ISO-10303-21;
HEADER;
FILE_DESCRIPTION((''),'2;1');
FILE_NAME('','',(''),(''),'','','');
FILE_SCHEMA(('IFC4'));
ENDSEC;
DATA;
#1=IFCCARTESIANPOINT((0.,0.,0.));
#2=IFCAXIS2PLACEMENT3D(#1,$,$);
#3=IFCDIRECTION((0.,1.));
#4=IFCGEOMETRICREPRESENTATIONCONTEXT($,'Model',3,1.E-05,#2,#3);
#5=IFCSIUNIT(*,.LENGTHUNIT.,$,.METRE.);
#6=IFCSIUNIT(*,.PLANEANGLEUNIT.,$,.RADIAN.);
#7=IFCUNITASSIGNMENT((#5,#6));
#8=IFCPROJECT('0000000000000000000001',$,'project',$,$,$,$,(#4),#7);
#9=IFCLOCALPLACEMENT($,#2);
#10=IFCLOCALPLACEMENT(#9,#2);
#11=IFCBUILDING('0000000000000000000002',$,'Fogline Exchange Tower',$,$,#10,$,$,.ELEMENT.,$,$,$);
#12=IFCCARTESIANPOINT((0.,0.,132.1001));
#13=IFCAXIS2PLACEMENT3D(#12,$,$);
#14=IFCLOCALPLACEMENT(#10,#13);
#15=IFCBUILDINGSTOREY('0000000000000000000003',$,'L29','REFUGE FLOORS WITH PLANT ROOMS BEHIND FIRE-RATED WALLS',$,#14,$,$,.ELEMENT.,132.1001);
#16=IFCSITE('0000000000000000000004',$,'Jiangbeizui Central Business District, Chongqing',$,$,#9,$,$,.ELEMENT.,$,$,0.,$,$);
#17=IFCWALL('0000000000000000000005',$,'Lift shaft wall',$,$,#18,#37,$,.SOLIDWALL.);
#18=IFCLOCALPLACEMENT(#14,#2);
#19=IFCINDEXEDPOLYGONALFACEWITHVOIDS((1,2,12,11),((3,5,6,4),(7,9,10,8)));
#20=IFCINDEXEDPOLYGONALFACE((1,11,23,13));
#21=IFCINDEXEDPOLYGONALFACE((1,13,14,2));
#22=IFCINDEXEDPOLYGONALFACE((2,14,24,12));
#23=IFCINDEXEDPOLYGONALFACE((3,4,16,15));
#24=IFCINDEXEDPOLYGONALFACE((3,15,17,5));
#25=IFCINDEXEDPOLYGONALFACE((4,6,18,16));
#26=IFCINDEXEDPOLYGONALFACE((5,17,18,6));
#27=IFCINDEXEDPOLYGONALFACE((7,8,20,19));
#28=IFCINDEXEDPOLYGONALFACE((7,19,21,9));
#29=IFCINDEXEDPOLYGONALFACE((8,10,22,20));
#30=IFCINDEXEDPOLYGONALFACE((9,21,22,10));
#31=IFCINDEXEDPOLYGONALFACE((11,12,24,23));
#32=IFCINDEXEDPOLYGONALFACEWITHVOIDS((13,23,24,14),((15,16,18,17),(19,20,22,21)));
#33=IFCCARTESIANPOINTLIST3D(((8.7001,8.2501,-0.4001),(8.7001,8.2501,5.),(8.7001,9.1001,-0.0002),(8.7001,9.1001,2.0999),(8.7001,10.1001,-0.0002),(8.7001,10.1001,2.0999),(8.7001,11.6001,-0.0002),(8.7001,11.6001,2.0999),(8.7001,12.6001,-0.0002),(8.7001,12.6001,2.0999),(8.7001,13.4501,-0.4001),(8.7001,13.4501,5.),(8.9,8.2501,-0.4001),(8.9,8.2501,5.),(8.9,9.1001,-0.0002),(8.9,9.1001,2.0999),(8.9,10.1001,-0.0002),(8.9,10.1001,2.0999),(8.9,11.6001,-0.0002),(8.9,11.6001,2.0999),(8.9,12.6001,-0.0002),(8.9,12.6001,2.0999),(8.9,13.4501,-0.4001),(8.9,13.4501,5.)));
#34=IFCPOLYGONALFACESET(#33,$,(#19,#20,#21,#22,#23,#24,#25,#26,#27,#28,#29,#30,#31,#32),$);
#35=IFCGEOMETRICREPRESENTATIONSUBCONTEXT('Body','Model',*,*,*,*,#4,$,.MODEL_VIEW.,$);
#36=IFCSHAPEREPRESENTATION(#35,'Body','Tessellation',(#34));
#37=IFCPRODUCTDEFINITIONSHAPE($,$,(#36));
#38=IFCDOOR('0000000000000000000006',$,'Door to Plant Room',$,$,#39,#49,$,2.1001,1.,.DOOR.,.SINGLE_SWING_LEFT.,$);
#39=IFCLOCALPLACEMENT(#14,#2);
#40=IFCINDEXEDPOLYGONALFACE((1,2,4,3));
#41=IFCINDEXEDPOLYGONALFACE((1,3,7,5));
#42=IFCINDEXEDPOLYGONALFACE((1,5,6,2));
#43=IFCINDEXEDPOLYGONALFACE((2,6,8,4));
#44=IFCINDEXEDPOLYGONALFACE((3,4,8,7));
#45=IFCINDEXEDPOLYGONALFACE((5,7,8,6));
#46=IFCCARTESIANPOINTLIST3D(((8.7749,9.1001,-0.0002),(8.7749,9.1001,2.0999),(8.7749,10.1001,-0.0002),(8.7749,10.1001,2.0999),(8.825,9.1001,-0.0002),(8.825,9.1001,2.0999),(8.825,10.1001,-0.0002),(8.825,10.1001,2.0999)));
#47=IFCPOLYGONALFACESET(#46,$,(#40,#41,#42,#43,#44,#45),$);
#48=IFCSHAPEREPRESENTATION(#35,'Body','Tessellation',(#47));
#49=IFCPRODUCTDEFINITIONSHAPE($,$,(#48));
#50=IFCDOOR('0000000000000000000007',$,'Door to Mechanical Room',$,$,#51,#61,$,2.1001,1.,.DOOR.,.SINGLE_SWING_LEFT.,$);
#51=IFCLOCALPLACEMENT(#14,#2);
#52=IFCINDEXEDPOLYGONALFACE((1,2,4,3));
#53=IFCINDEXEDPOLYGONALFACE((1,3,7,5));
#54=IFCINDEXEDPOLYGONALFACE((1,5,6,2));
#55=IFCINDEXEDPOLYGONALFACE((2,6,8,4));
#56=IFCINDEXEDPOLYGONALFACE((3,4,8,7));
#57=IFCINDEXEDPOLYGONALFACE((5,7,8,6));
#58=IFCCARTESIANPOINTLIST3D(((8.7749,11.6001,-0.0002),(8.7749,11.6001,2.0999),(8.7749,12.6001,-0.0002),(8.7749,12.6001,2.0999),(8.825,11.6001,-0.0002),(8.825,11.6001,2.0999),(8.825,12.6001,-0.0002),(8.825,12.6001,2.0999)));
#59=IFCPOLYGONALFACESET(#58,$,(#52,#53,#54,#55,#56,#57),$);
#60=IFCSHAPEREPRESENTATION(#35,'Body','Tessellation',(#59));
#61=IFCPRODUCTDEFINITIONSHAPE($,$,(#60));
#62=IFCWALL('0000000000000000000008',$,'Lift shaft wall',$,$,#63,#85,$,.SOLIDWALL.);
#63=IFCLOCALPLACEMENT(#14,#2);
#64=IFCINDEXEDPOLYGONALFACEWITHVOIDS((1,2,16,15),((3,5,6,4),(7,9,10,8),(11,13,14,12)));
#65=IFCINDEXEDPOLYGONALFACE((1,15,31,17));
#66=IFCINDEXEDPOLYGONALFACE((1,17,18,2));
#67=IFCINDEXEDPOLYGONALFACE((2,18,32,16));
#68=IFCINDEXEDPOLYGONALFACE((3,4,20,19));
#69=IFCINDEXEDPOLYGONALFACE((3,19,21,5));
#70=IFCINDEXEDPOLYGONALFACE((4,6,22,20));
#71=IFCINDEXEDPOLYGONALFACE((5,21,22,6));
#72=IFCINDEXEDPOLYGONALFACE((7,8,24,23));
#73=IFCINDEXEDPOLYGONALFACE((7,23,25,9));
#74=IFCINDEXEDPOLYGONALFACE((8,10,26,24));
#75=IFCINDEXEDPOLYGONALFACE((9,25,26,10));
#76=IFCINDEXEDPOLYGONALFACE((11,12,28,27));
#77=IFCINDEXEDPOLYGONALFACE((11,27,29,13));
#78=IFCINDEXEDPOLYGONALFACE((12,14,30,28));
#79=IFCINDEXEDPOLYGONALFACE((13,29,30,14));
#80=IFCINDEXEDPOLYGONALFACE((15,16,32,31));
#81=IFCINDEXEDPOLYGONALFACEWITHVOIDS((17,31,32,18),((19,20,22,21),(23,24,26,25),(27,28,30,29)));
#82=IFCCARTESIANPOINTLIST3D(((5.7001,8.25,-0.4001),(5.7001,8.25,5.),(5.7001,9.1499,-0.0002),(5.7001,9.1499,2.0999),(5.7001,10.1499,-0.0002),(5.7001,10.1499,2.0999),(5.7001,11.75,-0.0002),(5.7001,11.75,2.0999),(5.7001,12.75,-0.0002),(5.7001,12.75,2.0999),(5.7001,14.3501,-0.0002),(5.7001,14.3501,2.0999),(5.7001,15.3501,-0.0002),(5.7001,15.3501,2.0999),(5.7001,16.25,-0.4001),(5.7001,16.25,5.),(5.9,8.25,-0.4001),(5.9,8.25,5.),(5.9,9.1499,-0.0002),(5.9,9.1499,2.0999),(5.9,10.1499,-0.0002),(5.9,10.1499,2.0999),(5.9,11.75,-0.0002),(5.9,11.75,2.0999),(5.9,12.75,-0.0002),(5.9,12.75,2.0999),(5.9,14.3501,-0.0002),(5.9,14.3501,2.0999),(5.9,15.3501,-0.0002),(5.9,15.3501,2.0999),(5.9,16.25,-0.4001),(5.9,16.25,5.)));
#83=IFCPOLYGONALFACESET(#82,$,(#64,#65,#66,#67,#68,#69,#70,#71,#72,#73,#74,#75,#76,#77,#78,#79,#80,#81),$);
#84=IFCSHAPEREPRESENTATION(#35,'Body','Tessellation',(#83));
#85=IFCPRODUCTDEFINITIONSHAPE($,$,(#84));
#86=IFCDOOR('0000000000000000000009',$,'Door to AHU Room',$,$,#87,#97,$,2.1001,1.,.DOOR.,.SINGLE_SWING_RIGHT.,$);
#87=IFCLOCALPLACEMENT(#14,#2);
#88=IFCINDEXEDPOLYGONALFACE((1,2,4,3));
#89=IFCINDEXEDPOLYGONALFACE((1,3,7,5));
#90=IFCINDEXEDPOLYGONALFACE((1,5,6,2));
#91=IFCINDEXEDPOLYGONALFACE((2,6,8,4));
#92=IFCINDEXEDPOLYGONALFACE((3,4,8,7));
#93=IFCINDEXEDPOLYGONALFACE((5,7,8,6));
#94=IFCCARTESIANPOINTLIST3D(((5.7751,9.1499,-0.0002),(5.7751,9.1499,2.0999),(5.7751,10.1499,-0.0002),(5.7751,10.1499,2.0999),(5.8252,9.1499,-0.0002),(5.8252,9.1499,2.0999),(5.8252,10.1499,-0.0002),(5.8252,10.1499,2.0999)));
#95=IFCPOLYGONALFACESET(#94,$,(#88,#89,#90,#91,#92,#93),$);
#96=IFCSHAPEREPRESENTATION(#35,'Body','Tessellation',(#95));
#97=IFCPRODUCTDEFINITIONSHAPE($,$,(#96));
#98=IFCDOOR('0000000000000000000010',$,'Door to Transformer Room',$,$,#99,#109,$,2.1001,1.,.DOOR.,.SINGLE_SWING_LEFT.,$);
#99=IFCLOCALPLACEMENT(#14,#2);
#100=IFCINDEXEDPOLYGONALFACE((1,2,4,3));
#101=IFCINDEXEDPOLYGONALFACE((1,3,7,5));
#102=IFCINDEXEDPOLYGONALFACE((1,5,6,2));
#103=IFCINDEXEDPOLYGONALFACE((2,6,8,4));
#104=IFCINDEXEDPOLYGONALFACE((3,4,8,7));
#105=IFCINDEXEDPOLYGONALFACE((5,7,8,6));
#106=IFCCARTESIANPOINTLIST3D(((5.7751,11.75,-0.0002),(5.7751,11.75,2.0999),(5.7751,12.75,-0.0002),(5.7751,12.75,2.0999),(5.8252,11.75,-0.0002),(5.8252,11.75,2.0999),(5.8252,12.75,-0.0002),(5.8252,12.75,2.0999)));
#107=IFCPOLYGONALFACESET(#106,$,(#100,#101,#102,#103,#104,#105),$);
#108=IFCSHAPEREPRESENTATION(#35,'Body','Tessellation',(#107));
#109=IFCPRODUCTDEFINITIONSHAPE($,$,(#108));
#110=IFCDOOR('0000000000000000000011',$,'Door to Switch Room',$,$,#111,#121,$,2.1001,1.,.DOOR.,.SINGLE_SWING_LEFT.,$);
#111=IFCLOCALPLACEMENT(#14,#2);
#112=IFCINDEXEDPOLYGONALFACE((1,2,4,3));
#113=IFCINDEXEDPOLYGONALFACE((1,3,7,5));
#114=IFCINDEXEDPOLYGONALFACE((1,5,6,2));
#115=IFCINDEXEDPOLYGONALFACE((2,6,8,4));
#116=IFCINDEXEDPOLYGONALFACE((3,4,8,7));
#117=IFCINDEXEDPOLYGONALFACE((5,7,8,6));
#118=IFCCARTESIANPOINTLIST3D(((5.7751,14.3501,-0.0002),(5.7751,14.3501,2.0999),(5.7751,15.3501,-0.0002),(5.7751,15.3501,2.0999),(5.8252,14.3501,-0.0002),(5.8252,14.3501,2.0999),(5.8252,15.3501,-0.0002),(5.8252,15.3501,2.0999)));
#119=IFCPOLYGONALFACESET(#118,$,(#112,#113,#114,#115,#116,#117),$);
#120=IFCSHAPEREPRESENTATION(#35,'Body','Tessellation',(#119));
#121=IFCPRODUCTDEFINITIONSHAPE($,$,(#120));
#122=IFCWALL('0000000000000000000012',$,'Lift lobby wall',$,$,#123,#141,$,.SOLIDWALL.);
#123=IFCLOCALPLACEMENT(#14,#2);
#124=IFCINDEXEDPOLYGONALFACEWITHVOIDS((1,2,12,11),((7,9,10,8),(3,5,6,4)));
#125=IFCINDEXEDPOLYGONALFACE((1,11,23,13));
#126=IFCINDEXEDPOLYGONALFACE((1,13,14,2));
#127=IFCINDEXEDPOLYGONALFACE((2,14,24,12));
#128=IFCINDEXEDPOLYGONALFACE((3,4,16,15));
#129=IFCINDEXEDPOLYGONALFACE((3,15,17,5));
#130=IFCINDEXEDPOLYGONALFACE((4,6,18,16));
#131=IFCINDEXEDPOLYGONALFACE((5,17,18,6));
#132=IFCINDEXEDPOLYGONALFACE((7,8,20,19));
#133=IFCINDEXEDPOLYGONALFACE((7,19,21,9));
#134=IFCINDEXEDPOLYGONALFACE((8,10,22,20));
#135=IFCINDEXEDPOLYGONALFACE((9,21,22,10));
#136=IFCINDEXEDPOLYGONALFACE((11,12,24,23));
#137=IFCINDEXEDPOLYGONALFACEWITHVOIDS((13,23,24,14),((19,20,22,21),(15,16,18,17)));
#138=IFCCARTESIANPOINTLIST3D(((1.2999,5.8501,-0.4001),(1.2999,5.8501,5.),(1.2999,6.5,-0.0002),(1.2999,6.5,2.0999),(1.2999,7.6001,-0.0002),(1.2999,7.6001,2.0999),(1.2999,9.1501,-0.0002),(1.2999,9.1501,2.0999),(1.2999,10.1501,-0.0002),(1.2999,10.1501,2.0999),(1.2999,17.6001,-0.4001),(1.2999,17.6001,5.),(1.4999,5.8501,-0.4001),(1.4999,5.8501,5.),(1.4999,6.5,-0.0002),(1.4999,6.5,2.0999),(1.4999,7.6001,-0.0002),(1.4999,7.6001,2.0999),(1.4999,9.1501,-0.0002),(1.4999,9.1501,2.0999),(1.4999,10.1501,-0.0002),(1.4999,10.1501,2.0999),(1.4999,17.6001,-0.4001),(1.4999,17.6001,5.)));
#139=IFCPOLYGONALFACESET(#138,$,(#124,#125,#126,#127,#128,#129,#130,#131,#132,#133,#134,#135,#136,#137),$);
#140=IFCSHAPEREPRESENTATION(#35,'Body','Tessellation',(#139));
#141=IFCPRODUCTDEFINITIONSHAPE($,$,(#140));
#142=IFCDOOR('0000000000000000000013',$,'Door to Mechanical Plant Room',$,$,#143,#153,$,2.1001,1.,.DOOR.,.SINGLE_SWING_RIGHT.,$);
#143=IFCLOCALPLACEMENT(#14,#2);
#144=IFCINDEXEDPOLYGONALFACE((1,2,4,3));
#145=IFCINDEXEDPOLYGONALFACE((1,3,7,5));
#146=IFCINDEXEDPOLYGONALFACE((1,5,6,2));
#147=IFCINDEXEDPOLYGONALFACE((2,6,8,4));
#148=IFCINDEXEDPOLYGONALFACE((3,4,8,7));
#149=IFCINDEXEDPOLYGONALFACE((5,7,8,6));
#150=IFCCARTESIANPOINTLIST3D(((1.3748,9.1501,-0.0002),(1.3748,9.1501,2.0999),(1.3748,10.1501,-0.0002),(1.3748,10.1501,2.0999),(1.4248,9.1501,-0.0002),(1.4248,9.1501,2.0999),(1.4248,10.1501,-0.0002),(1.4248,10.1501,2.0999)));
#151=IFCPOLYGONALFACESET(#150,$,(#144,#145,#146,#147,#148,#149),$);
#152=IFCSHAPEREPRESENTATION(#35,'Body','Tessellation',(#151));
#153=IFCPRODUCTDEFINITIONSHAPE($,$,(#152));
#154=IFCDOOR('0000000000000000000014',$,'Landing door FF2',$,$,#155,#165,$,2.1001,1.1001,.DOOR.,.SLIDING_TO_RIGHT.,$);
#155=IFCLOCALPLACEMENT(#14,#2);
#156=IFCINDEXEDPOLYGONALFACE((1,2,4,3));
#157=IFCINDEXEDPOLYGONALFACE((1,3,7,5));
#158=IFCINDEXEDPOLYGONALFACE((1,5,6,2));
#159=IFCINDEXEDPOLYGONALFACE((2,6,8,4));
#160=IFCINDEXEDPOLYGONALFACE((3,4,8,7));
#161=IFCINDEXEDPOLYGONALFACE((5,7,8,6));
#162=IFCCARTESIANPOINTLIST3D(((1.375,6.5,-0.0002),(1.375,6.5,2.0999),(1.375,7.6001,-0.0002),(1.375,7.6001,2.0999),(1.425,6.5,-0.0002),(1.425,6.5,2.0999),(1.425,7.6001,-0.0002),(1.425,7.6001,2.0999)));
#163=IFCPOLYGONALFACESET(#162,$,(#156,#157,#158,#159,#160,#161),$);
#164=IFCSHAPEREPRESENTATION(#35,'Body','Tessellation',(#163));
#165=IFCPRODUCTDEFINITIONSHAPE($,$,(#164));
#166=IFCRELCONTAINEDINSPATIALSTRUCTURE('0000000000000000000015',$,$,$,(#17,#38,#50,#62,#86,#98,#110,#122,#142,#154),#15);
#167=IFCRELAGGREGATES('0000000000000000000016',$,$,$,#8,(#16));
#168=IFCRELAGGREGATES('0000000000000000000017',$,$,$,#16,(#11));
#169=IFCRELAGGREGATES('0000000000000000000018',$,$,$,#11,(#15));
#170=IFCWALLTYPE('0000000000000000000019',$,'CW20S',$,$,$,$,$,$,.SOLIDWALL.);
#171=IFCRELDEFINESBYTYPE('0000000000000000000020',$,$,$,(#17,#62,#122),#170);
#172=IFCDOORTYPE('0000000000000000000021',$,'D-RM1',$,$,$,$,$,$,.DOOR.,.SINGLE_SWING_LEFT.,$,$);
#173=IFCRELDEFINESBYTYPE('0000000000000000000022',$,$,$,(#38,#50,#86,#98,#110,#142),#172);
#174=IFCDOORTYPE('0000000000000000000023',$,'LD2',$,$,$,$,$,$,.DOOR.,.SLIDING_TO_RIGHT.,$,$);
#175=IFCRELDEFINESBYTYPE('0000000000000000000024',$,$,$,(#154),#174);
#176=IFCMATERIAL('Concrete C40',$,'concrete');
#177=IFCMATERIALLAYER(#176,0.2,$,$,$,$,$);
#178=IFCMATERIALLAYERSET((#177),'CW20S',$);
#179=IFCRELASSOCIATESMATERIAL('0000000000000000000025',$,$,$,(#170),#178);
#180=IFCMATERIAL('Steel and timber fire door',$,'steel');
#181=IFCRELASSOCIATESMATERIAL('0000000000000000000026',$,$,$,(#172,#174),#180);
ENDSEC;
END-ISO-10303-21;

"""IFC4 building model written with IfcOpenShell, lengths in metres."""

from ifc_helpers import new_model, si_unit, direction, frame, frame_2d, origin, place, context, subcontext, project, spatial, rectangle, extrude, material, layer, layer_set, type_object, element, fill, save


model = new_model("IFC4")

# Units and contexts
model_context = context("Model", 3, precision=1e-05, world=origin(), true_north=direction((0.0, 1.0)))
body_context = subcontext(model_context, "Body", "Model", "MODEL_VIEW")
ifc_project = project(units=[si_unit("LENGTHUNIT", "METRE"), si_unit("PLANEANGLEUNIT", "RADIAN")], contexts=[model_context])

# Site, building, storey
site_placement = place(None, origin())
site = spatial("IfcSite", under=ifc_project, at=site_placement, Name="Jiangbeizui Central Business District, Chongqing", CompositionType="ELEMENT", RefElevation=0.0)
building_placement = place(site_placement, origin())
building = spatial("IfcBuilding", under=site, at=building_placement, Name="Fogline Exchange Tower", CompositionType="ELEMENT")
storey_placement = place(building_placement, frame((0.0, 0.0, 132.1001)))
storey = spatial("IfcBuildingStorey", under=building, at=storey_placement, Name="L29", Description="REFUGE FLOORS WITH PLANT ROOMS BEHIND FIRE-RATED WALLS", CompositionType="ELEMENT", Elevation=132.1001)

# Shared definitions
ifc_material_1 = material(Name="Steel and timber fire door", Category="steel")

# Shared definitions
ifc_material_2 = material(Name="Concrete C40", Category="concrete")

# Walls, openings, doors
ifc_layer_1 = layer(ifc_material_2, 0.2)
ifc_layer_set_1 = layer_set([ifc_layer_1], Name="CW20S")
wall_type_1 = type_object("IfcWallType", Name="CW20S", PredefinedType="SOLIDWALL", material=ifc_layer_set_1)
wall_1_placement = place(storey_placement, frame((8.8, 8.25, -0.4001), z_axis=(0.0, 0.0, 1.0), x_axis=(0.0, 1.0, 0.0)))
wall_1 = element("IfcWall", 1, at=wall_1_placement, inside=storey, type_object=wall_type_1, Name="Lift shaft wall", PredefinedType="SOLIDWALL", context=body_context, shape_type="SweptSolid", body=[
    extrude(rectangle(XDim=5.2, YDim=0.2, at=frame_2d((2.6001, 0.0))), origin(), (0.0, 0.0, 1.0), 5.4001),
])
opening_1_placement = place(wall_1_placement, frame((0.8501, 0.0, 0.3999)))
opening_1 = element("IfcOpeningElement", 2, at=opening_1_placement, cuts=wall_1, PredefinedType="OPENING", context=body_context, shape_type="SweptSolid", body=[
    extrude(rectangle(XDim=1.0, YDim=2.1001, at=frame_2d((0.5, 1.05))), frame((0.0, 0.1099, 0.0), z_axis=(0.0, -1.0, 0.0), x_axis=(1.0, 0.0, 0.0)), (0.0, 0.0, 1.0), 0.22),
])
opening_2_placement = place(wall_1_placement, frame((3.3501, 0.0, 0.3999)))
opening_2 = element("IfcOpeningElement", 3, at=opening_2_placement, cuts=wall_1, PredefinedType="OPENING", context=body_context, shape_type="SweptSolid", body=[
    extrude(rectangle(XDim=1.0, YDim=2.1001, at=frame_2d((0.5, 1.05))), frame((0.0, 0.1099, 0.0), z_axis=(0.0, -1.0, 0.0), x_axis=(1.0, 0.0, 0.0)), (0.0, 0.0, 1.0), 0.22),
])
door_type_1 = type_object("IfcDoorType", Name="D-RM1", OperationType="SINGLE_SWING_LEFT", PredefinedType="DOOR", material=ifc_material_1)
door_1_placement = place(opening_1_placement, frame((1.0, 0.0, 0.0), z_axis=(0.0, 0.0, 1.0), x_axis=(-1.0, 0.0, 0.0)))
door_1 = element("IfcDoor", 4, at=door_1_placement, inside=storey, type_object=door_type_1, Name="Door to Plant Room", OperationType="SINGLE_SWING_LEFT", OverallHeight=2.1001, OverallWidth=1.0, PredefinedType="DOOR", context=body_context, shape_type="SweptSolid", body=[
    extrude(rectangle(XDim=1.0, YDim=2.1001, at=frame_2d((0.5, 1.05))), frame((0.0, 0.0249, 0.0), z_axis=(0.0, -1.0, 0.0), x_axis=(1.0, 0.0, 0.0)), (0.0, 0.0, 1.0), 0.05),
])
fill(opening_1, door_1)
door_2_placement = place(opening_2_placement, frame((1.0, 0.0, 0.0), z_axis=(0.0, 0.0, 1.0), x_axis=(-1.0, 0.0, 0.0)))
door_2 = element("IfcDoor", 5, at=door_2_placement, inside=storey, type_object=door_type_1, Name="Door to Mechanical Room", OperationType="SINGLE_SWING_LEFT", OverallHeight=2.1001, OverallWidth=1.0, PredefinedType="DOOR", context=body_context, shape_type="SweptSolid", body=[
    extrude(rectangle(XDim=1.0, YDim=2.1001, at=frame_2d((0.5, 1.05))), frame((0.0, 0.0249, 0.0), z_axis=(0.0, -1.0, 0.0), x_axis=(1.0, 0.0, 0.0)), (0.0, 0.0, 1.0), 0.05),
])
fill(opening_2, door_2)
wall_2_placement = place(storey_placement, frame((5.8, 8.25, -0.4001), z_axis=(0.0, 0.0, 1.0), x_axis=(0.0, 1.0, 0.0)))
wall_2 = element("IfcWall", 6, at=wall_2_placement, inside=storey, type_object=wall_type_1, Name="Lift shaft wall", PredefinedType="SOLIDWALL", context=body_context, shape_type="SweptSolid", body=[
    extrude(rectangle(XDim=8.0, YDim=0.2, at=frame_2d((4.0, 0.0))), origin(), (0.0, 0.0, 1.0), 5.4001),
])
opening_3_placement = place(wall_2_placement, frame((0.8999, 0.0, 0.3999)))
opening_3 = element("IfcOpeningElement", 7, at=opening_3_placement, cuts=wall_2, PredefinedType="OPENING", context=body_context, shape_type="SweptSolid", body=[
    extrude(rectangle(XDim=1.0, YDim=2.1001, at=frame_2d((0.5, 1.05))), frame((0.0, 0.1099, 0.0), z_axis=(0.0, -1.0, 0.0), x_axis=(1.0, 0.0, 0.0)), (0.0, 0.0, 1.0), 0.22),
])
opening_4_placement = place(wall_2_placement, frame((3.5, 0.0, 0.3999)))
opening_4 = element("IfcOpeningElement", 8, at=opening_4_placement, cuts=wall_2, PredefinedType="OPENING", context=body_context, shape_type="SweptSolid", body=[
    extrude(rectangle(XDim=1.0, YDim=2.1001, at=frame_2d((0.5, 1.05))), frame((0.0, 0.1099, 0.0), z_axis=(0.0, -1.0, 0.0), x_axis=(1.0, 0.0, 0.0)), (0.0, 0.0, 1.0), 0.22),
])
opening_5_placement = place(wall_2_placement, frame((6.1001, 0.0, 0.3999)))
opening_5 = element("IfcOpeningElement", 9, at=opening_5_placement, cuts=wall_2, PredefinedType="OPENING", context=body_context, shape_type="SweptSolid", body=[
    extrude(rectangle(XDim=1.0, YDim=2.1001, at=frame_2d((0.5, 1.05))), frame((0.0, 0.1099, 0.0), z_axis=(0.0, -1.0, 0.0), x_axis=(1.0, 0.0, 0.0)), (0.0, 0.0, 1.0), 0.22),
])
door_3_placement = place(opening_3_placement, origin())
door_3 = element("IfcDoor", 10, at=door_3_placement, inside=storey, type_object=door_type_1, Name="Door to AHU Room", OperationType="SINGLE_SWING_RIGHT", OverallHeight=2.1001, OverallWidth=1.0, PredefinedType="DOOR", context=body_context, shape_type="SweptSolid", body=[
    extrude(rectangle(XDim=1.0, YDim=2.1001, at=frame_2d((0.5, 1.05))), frame((0.0, 0.0249, 0.0), z_axis=(0.0, -1.0, 0.0), x_axis=(1.0, 0.0, 0.0)), (0.0, 0.0, 1.0), 0.05),
])
fill(opening_3, door_3)
door_4_placement = place(opening_4_placement, origin())
door_4 = element("IfcDoor", 11, at=door_4_placement, inside=storey, type_object=door_type_1, Name="Door to Transformer Room", OperationType="SINGLE_SWING_LEFT", OverallHeight=2.1001, OverallWidth=1.0, PredefinedType="DOOR", context=body_context, shape_type="SweptSolid", body=[
    extrude(rectangle(XDim=1.0, YDim=2.1001, at=frame_2d((0.5, 1.05))), frame((0.0, 0.0249, 0.0), z_axis=(0.0, -1.0, 0.0), x_axis=(1.0, 0.0, 0.0)), (0.0, 0.0, 1.0), 0.05),
])
fill(opening_4, door_4)
door_5_placement = place(opening_5_placement, origin())
door_5 = element("IfcDoor", 12, at=door_5_placement, inside=storey, type_object=door_type_1, Name="Door to Switch Room", OperationType="SINGLE_SWING_LEFT", OverallHeight=2.1001, OverallWidth=1.0, PredefinedType="DOOR", context=body_context, shape_type="SweptSolid", body=[
    extrude(rectangle(XDim=1.0, YDim=2.1001, at=frame_2d((0.5, 1.05))), frame((0.0, 0.0249, 0.0), z_axis=(0.0, -1.0, 0.0), x_axis=(1.0, 0.0, 0.0)), (0.0, 0.0, 1.0), 0.05),
])
fill(opening_5, door_5)
wall_3_placement = place(storey_placement, frame((1.3999, 5.8501, -0.4001), z_axis=(0.0, 0.0, 1.0), x_axis=(0.0, 1.0, 0.0)))
wall_3 = element("IfcWall", 13, at=wall_3_placement, inside=storey, type_object=wall_type_1, Name="Lift lobby wall", PredefinedType="SOLIDWALL", context=body_context, shape_type="SweptSolid", body=[
    extrude(rectangle(XDim=11.75, YDim=0.2, at=frame_2d((5.875, 0.0))), origin(), (0.0, 0.0, 1.0), 5.4001),
])
opening_6_placement = place(wall_3_placement, frame((0.6499, 0.0, 0.3999)))
opening_6 = element("IfcOpeningElement", 14, at=opening_6_placement, cuts=wall_3, PredefinedType="OPENING", context=body_context, shape_type="SweptSolid", body=[
    extrude(rectangle(XDim=1.1001, YDim=2.1001, at=frame_2d((0.55, 1.05))), frame((0.0, 0.1099, 0.0), z_axis=(0.0, -1.0, 0.0), x_axis=(1.0, 0.0, 0.0)), (0.0, 0.0, 1.0), 0.22),
])
opening_7_placement = place(wall_3_placement, frame((3.3, 0.0, 0.3999)))
opening_7 = element("IfcOpeningElement", 15, at=opening_7_placement, cuts=wall_3, PredefinedType="OPENING", context=body_context, shape_type="SweptSolid", body=[
    extrude(rectangle(XDim=1.0, YDim=2.1001, at=frame_2d((0.5, 1.05))), frame((0.0, 0.1099, 0.0), z_axis=(0.0, -1.0, 0.0), x_axis=(1.0, 0.0, 0.0)), (0.0, 0.0, 1.0), 0.22),
])
door_6_placement = place(opening_7_placement, frame((1.0, 0.0, 0.0), z_axis=(0.0, 0.0, 1.0), x_axis=(-1.0, 0.0, 0.0)))
door_6 = element("IfcDoor", 16, at=door_6_placement, inside=storey, type_object=door_type_1, Name="Door to Mechanical Plant Room", OperationType="SINGLE_SWING_RIGHT", OverallHeight=2.1001, OverallWidth=1.0, PredefinedType="DOOR", context=body_context, shape_type="SweptSolid", body=[
    extrude(rectangle(XDim=1.0, YDim=2.1001, at=frame_2d((0.5, 1.05))), frame((0.0, 0.0249, 0.0), z_axis=(0.0, -1.0, 0.0), x_axis=(1.0, 0.0, 0.0)), (0.0, 0.0, 1.0), 0.05),
])
fill(opening_7, door_6)
door_type_2 = type_object("IfcDoorType", Name="LD2", OperationType="SLIDING_TO_RIGHT", PredefinedType="DOOR", material=ifc_material_1)
door_7_placement = place(opening_6_placement, origin())
door_7 = element("IfcDoor", 17, at=door_7_placement, inside=storey, type_object=door_type_2, Name="Landing door FF2", OperationType="SLIDING_TO_RIGHT", OverallHeight=2.1001, OverallWidth=1.1001, PredefinedType="DOOR", context=body_context, shape_type="SweptSolid", body=[
    extrude(rectangle(XDim=1.1001, YDim=2.1001, at=frame_2d((0.55, 1.05))), frame((0.0, 0.0249, 0.0), z_axis=(0.0, -1.0, 0.0), x_axis=(1.0, 0.0, 0.0)), (0.0, 0.0, 1.0), 0.05),
])
fill(opening_6, door_7)

save(model, "model.ifc")
